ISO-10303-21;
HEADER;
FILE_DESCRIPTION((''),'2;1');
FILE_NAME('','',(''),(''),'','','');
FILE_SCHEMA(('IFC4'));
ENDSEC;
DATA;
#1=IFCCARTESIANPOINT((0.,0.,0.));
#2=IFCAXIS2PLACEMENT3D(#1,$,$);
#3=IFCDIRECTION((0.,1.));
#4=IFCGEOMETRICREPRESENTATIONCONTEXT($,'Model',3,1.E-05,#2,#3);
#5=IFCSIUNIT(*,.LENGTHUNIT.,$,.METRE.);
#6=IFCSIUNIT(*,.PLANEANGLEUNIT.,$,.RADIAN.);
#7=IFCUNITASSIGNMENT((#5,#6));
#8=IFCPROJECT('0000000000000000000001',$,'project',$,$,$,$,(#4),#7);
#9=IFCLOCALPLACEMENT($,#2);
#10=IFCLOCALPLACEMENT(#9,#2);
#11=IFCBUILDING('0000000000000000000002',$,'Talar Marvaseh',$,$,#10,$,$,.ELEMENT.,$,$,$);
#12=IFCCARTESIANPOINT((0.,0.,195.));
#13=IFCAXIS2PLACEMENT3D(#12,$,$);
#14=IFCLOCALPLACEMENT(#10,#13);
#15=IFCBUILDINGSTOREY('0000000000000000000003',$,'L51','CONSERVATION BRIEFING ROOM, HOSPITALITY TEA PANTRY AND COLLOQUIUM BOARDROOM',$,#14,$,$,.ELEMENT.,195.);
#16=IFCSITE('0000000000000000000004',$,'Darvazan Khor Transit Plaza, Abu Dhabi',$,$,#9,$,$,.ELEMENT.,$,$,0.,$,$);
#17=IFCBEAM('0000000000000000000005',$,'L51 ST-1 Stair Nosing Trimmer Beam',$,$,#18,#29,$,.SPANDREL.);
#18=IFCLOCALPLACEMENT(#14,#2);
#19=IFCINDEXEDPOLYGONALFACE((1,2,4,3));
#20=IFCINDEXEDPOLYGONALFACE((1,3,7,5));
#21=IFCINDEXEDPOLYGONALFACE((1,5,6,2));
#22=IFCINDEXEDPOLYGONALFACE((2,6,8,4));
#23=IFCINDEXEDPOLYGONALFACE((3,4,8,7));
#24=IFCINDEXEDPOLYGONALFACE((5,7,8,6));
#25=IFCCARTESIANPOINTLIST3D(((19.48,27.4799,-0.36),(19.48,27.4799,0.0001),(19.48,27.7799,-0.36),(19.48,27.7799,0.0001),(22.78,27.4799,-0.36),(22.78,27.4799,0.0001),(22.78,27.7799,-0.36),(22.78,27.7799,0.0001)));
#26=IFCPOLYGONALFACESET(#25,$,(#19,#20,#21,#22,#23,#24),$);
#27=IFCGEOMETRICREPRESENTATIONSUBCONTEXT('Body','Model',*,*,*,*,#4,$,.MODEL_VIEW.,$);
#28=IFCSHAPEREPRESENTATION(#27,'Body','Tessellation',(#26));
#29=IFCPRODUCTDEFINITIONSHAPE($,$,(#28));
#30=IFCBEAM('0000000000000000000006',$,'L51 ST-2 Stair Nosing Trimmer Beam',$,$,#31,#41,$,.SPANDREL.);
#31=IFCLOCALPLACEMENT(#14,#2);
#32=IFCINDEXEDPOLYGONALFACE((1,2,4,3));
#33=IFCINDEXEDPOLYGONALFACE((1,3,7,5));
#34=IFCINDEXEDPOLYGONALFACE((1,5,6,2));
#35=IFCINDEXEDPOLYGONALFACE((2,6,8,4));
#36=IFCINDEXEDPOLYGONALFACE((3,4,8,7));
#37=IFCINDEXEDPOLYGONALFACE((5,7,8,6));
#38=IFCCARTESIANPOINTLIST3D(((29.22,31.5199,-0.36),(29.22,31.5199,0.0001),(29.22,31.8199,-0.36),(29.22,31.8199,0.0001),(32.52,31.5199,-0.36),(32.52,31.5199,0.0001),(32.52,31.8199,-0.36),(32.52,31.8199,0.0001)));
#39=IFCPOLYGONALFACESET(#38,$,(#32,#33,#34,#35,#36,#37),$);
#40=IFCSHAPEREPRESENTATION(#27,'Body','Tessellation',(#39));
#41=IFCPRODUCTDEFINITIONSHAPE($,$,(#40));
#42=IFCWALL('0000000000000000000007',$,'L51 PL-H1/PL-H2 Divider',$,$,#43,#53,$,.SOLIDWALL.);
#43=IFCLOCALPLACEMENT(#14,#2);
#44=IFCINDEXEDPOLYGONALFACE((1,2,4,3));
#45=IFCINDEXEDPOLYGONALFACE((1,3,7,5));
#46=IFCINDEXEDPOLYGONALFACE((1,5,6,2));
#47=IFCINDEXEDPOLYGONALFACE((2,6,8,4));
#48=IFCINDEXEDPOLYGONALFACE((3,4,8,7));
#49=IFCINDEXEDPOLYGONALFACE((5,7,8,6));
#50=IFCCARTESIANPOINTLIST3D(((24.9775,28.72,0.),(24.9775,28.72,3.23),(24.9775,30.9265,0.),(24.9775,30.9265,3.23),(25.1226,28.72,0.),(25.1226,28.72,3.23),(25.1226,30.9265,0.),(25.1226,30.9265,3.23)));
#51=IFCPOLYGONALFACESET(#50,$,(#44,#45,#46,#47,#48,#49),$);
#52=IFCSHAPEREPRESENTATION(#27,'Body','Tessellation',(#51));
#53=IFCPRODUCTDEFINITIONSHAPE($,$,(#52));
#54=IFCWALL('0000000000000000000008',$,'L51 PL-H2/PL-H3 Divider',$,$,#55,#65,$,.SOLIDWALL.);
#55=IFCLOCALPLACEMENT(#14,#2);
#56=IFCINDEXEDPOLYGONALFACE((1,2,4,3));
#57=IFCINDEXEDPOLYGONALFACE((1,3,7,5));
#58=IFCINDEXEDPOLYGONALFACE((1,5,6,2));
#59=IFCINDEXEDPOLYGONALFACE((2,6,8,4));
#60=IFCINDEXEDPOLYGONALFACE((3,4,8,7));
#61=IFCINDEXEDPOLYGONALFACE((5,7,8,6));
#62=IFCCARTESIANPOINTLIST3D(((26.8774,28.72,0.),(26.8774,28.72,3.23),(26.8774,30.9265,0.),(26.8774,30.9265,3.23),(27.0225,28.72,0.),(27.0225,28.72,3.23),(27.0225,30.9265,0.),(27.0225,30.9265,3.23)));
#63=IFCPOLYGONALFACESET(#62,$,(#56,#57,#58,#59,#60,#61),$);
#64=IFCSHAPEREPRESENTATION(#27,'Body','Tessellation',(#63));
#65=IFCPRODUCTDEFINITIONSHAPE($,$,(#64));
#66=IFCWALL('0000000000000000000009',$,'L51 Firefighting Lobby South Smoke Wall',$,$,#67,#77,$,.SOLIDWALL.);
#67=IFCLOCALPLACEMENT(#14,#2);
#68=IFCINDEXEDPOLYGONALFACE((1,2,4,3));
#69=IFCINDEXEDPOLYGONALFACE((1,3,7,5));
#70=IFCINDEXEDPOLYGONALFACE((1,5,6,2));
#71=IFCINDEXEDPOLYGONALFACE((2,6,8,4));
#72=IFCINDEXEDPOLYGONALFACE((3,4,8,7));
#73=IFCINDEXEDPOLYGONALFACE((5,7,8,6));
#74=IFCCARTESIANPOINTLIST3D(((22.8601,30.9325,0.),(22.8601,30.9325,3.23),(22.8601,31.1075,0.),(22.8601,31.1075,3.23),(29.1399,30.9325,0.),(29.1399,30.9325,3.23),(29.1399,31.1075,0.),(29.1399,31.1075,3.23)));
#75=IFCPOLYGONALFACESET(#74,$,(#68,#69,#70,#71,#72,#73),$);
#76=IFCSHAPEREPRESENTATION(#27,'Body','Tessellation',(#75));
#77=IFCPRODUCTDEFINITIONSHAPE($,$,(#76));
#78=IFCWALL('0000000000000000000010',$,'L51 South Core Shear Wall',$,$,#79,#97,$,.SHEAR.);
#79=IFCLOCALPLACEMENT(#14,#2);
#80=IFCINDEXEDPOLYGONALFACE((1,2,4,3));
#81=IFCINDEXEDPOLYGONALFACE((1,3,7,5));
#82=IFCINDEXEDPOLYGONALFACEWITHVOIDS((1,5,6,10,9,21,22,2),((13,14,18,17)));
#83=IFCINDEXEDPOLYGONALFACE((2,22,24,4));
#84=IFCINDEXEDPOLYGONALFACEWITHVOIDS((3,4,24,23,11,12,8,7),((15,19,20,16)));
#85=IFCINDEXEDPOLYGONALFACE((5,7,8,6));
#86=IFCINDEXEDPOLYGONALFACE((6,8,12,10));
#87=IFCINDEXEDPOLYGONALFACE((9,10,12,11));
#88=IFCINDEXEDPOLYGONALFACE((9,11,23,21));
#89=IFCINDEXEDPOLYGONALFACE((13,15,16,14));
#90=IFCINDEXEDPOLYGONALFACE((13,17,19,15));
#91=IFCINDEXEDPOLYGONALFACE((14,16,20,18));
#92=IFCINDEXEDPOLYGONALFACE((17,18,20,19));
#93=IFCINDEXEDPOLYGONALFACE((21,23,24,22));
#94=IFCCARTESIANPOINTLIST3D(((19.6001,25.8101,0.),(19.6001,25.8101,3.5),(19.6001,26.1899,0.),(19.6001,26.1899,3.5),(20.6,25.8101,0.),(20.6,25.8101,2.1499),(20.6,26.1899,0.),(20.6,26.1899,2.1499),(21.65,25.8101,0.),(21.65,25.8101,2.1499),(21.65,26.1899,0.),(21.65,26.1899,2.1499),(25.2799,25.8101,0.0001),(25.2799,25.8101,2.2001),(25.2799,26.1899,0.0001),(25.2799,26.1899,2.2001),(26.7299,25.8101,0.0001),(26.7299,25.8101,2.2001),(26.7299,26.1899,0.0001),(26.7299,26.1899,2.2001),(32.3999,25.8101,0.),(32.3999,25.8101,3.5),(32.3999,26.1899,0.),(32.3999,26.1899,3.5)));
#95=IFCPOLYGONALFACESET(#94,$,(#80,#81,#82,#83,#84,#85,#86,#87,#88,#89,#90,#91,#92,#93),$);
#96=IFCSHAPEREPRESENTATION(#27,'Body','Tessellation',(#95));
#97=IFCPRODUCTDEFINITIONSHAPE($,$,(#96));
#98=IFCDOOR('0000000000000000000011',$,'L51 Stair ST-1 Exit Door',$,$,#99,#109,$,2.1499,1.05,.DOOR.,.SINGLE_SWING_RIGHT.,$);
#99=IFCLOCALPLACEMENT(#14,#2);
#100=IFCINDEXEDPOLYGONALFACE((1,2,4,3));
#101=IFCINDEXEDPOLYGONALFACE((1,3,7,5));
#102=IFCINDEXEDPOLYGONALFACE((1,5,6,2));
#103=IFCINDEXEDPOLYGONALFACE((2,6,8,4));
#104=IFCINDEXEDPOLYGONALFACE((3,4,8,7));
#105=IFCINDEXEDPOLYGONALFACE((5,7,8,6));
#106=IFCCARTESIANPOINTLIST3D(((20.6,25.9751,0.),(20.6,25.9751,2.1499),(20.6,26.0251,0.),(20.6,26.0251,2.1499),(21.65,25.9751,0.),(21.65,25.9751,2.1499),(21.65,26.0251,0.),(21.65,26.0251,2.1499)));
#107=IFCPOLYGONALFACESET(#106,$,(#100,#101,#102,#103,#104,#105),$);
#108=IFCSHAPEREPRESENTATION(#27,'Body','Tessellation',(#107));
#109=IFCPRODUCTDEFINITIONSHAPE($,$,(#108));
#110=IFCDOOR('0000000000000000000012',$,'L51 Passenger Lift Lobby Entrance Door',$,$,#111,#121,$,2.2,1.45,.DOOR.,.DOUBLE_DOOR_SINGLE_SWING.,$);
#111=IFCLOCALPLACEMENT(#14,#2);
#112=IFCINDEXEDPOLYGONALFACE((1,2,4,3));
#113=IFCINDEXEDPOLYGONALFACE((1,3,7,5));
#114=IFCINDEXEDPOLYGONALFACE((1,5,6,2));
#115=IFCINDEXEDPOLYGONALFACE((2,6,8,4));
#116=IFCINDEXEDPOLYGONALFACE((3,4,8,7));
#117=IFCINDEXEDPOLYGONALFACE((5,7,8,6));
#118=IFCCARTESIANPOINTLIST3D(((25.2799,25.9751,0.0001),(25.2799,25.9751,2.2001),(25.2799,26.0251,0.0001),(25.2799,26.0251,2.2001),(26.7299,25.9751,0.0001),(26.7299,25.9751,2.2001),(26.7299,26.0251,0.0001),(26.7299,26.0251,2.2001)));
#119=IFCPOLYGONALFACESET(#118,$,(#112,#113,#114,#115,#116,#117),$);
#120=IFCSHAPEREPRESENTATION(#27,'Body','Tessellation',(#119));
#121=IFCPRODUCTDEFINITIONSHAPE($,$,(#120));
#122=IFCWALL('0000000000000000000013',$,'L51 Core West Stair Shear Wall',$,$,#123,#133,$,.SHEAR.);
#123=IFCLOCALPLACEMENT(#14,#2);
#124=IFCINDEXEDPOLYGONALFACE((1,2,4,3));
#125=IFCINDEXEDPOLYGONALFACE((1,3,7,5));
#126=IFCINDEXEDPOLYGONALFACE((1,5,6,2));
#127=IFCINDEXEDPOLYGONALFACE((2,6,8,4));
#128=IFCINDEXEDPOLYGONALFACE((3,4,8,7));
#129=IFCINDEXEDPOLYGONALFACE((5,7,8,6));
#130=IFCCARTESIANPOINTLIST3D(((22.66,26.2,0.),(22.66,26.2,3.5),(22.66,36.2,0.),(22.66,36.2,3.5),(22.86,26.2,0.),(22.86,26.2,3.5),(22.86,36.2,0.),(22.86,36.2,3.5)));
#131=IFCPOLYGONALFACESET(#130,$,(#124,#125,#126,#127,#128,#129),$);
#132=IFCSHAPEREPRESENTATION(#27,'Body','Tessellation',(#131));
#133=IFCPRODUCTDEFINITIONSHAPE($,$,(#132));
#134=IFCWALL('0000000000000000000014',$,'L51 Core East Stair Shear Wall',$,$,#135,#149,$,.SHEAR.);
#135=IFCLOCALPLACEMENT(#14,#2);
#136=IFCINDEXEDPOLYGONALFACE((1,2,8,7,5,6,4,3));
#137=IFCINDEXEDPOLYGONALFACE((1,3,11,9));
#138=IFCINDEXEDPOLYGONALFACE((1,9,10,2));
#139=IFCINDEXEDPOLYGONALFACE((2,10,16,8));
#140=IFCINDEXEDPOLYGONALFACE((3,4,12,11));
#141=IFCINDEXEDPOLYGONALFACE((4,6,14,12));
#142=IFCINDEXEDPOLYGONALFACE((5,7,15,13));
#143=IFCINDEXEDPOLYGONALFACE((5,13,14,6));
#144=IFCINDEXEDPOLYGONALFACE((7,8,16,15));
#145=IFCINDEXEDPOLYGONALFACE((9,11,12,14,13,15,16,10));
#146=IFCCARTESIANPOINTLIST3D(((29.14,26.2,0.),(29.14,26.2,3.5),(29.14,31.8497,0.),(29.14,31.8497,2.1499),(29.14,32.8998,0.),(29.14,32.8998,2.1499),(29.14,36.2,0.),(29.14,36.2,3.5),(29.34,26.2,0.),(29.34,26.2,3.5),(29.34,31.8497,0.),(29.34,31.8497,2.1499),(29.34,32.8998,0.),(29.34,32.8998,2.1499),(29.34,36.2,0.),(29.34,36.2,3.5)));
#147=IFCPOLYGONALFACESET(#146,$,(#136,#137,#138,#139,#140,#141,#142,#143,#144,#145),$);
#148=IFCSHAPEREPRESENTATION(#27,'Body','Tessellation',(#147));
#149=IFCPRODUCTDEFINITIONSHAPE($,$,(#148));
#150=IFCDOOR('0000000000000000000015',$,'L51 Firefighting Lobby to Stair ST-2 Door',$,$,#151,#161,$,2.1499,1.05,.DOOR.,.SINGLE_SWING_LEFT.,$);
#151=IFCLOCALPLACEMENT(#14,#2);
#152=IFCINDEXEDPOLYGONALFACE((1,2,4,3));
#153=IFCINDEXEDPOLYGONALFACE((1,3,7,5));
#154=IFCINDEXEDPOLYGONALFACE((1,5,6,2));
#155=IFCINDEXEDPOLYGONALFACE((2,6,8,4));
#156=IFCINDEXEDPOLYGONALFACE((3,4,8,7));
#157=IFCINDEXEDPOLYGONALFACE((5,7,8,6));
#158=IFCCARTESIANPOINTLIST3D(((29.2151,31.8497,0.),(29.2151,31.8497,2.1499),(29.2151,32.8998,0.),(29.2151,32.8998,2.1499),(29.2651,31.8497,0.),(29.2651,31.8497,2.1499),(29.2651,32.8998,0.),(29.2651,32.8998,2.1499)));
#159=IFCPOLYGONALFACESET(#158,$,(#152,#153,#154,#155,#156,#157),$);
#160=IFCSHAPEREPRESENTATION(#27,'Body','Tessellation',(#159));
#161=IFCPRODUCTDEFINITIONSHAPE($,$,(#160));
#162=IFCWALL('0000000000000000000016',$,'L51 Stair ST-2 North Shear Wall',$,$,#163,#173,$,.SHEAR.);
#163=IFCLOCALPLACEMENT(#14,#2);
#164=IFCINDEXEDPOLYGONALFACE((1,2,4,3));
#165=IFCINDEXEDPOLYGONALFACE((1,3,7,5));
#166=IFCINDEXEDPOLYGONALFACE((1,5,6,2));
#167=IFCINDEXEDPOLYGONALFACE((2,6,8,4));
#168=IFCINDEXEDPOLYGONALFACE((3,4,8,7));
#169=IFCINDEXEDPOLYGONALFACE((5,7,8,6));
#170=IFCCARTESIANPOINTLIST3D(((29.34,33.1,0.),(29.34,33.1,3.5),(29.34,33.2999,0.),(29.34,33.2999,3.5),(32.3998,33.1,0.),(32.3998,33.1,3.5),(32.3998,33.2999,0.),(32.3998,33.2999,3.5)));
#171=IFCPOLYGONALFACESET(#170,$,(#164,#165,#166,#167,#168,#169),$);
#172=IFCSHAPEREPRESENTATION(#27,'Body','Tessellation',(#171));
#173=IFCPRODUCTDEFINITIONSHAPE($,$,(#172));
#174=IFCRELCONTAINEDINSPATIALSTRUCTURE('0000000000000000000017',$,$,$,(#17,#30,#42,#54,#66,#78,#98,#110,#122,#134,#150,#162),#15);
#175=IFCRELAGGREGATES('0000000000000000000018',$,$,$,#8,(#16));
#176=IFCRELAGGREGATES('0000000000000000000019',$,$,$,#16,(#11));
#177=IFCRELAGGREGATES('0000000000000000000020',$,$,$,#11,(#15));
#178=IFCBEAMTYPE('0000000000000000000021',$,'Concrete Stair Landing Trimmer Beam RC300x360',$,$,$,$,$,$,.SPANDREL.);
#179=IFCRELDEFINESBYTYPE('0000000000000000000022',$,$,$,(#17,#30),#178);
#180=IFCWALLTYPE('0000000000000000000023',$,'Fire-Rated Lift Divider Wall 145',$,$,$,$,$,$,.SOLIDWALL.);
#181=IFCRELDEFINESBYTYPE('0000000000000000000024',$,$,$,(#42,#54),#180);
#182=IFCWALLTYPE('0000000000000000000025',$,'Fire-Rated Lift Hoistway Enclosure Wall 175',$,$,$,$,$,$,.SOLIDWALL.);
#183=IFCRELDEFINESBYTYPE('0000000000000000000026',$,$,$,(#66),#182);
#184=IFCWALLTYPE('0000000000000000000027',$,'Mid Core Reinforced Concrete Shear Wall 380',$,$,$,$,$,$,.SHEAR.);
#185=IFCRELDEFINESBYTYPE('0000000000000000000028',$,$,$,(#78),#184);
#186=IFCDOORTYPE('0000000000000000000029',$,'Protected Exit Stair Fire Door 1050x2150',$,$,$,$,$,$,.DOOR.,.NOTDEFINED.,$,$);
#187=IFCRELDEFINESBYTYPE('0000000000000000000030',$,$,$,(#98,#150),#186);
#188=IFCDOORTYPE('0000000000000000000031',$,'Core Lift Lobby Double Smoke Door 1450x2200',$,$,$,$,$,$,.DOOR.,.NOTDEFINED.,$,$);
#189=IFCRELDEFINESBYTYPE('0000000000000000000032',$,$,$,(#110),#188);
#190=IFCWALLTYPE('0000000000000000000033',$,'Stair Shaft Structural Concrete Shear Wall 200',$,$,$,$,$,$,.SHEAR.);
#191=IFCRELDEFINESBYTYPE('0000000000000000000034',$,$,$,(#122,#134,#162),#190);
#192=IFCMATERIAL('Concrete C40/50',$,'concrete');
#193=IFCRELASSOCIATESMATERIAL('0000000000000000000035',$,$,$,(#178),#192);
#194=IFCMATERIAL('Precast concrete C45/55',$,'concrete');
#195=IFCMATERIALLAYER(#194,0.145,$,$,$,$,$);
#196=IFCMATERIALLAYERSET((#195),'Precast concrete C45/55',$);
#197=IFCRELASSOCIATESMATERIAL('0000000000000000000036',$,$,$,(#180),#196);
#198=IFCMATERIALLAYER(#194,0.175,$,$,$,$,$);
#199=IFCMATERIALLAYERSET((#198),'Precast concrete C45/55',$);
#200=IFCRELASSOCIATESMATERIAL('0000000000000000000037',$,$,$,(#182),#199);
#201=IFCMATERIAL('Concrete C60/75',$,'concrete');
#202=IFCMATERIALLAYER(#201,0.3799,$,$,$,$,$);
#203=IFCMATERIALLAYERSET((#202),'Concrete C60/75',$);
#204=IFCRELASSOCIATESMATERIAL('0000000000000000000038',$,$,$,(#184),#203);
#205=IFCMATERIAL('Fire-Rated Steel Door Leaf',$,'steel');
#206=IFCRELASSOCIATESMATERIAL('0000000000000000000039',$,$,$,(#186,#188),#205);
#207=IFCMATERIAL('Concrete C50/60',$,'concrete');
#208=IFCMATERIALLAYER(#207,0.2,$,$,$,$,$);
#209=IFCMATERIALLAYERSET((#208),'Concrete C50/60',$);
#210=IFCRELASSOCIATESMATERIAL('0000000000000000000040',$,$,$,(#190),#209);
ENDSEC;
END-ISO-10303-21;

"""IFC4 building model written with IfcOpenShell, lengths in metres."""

from ifc_helpers import new_model, si_unit, direction, frame, frame_2d, origin, origin_2d, place, context, subcontext, project, spatial, rectangle, extrude, source, transform, mapped, material, layer, layer_set, material_profile, profile_set, type_object, type_shapes, element, fill, save


model = new_model("IFC4")

# Units and contexts
model_context = context("Model", 3, precision=1e-05, world=origin(), true_north=direction((0.0, 1.0)))
body_context = subcontext(model_context, "Body", "Model", "MODEL_VIEW")
ifc_project = project(units=[si_unit("LENGTHUNIT", "METRE"), si_unit("PLANEANGLEUNIT", "RADIAN")], contexts=[model_context])

# Site, building, storey
site_placement = place(None, origin())
site = spatial("IfcSite", under=ifc_project, at=site_placement, Name="Darvazan Khor Transit Plaza, Abu Dhabi", CompositionType="ELEMENT", RefElevation=0.0)
building_placement = place(site_placement, origin())
building = spatial("IfcBuilding", under=site, at=building_placement, Name="Talar Marvaseh", CompositionType="ELEMENT")
storey_placement = place(building_placement, frame((0.0, 0.0, 195.0)))
storey = spatial("IfcBuildingStorey", under=building, at=storey_placement, Name="L51", Description="CONSERVATION BRIEFING ROOM, HOSPITALITY TEA PANTRY AND COLLOQUIUM BOARDROOM", CompositionType="ELEMENT", Elevation=195.0)

# Beams
ifc_material_1 = material(Name="Concrete C40/50", Category="concrete")
ifc_material_profile = material_profile(ifc_material_1, rectangle(XDim=0.3, YDim=0.3601, at=origin_2d()), Name="RC300x360")
ifc_profile_set = profile_set([ifc_material_profile], Name="Concrete C40/50")
beam_type = type_object("IfcBeamType", Name="Concrete Stair Landing Trimmer Beam RC300x360", PredefinedType="SPANDREL", material=ifc_profile_set)
for number, where, z_axis, x_axis, name in (
    (1, (22.78, 27.6299, -0.1799), (-1.0, 0.0, 0.0), (0.0, -1.0, 0.0), "L51 ST-1 Stair Nosing Trimmer Beam"),
    (2, (29.22, 31.6699, -0.1799), (1.0, 0.0, 0.0), (0.0, 1.0, 0.0), "L51 ST-2 Stair Nosing Trimmer Beam"),
):
    element("IfcBeam", number, at=place(storey_placement, frame(where, z_axis=z_axis, x_axis=x_axis)), inside=storey, type_object=beam_type, Name=name, PredefinedType="SPANDREL", context=body_context, shape_type="SweptSolid", body=[
        extrude(rectangle(XDim=0.3, YDim=0.3601, at=origin_2d()), origin(), (0.0, 0.0, 1.0), 3.3),
    ])

# Walls
ifc_material_2 = material(Name="Precast concrete C45/55", Category="concrete")
ifc_layer_1 = layer(ifc_material_2, 0.145)
ifc_layer_set_1 = layer_set([ifc_layer_1], Name="Precast concrete C45/55")
wall_type_1 = type_object("IfcWallType", Name="Fire-Rated Lift Divider Wall 145", PredefinedType="SOLIDWALL", material=ifc_layer_set_1)
for number, where, z_axis, x_axis, name in (
    (3, (25.05, 28.72, 0.0), (0.0, 0.0, 1.0), (0.0, 1.0, 0.0), "L51 PL-H1/PL-H2 Divider"),
    (4, (26.95, 28.72, 0.0), (0.0, 0.0, 1.0), (0.0, 1.0, 0.0), "L51 PL-H2/PL-H3 Divider"),
):
    element("IfcWall", number, at=place(storey_placement, frame(where, z_axis=z_axis, x_axis=x_axis)), inside=storey, type_object=wall_type_1, Name=name, PredefinedType="SOLIDWALL", context=body_context, shape_type="SweptSolid", body=[
        extrude(rectangle(XDim=2.2065, YDim=0.145, at=frame_2d((1.1033, 0.0))), origin(), (0.0, 0.0, 1.0), 3.23),
    ])

# Shared definitions
ifc_layer_2 = layer(ifc_material_2, 0.175)
ifc_layer_set_2 = layer_set([ifc_layer_2], Name="Precast concrete C45/55")
wall_type_2 = type_object("IfcWallType", Name="Fire-Rated Lift Hoistway Enclosure Wall 175", PredefinedType="SOLIDWALL", material=ifc_layer_set_2)

# Wall
wall_1_placement = place(storey_placement, frame((22.8601, 31.02, 0.0), z_axis=(0.0, 0.0, 1.0), x_axis=(1.0, 0.0, 0.0)))
element("IfcWall", 5, at=wall_1_placement, inside=storey, type_object=wall_type_2, Name="L51 Firefighting Lobby South Smoke Wall", PredefinedType="SOLIDWALL", context=body_context, shape_type="SweptSolid", body=[
    extrude(rectangle(XDim=6.2798, YDim=0.175, at=frame_2d((3.1399, 0.0))), origin(), (0.0, 0.0, 1.0), 3.23),
])

# Wall, openings, doors
ifc_material_3 = material(Name="Concrete C60/75", Category="concrete")
ifc_layer_3 = layer(ifc_material_3, 0.3799)
ifc_layer_set_3 = layer_set([ifc_layer_3], Name="Concrete C60/75")
wall_type_3 = type_object("IfcWallType", Name="Mid Core Reinforced Concrete Shear Wall 380", PredefinedType="SHEAR", material=ifc_layer_set_3)
wall_2_placement = place(storey_placement, frame((32.3999, 26.0, 0.0), z_axis=(0.0, 0.0, 1.0), x_axis=(-1.0, 0.0, 0.0)))
wall_2 = element("IfcWall", 6, at=wall_2_placement, inside=storey, type_object=wall_type_3, Name="L51 South Core Shear Wall", PredefinedType="SHEAR", context=body_context, shape_type="SweptSolid", body=[
    extrude(rectangle(XDim=12.7998, YDim=0.3799, at=frame_2d((6.3999, 0.0))), origin(), (0.0, 0.0, 1.0), 3.5),
])
opening_1_placement = place(wall_2_placement, frame((10.75, 0.0, 0.0)))
opening_1 = element("IfcOpeningElement", 7, at=opening_1_placement, cuts=wall_2, PredefinedType="OPENING", context=body_context, shape_type="SweptSolid", body=[
    extrude(rectangle(XDim=1.05, YDim=2.1499, at=frame_2d((0.5249, 1.075))), frame((0.0, 0.2, 0.0), z_axis=(0.0, -1.0, 0.0), x_axis=(1.0, 0.0, 0.0)), (0.0, 0.0, 1.0), 0.3999),
])
opening_2_placement = place(wall_2_placement, frame((5.6699, 0.0, 0.0)))
opening_2 = element("IfcOpeningElement", 8, at=opening_2_placement, cuts=wall_2, PredefinedType="OPENING", context=body_context, shape_type="SweptSolid", body=[
    extrude(rectangle(XDim=1.45, YDim=2.2, at=frame_2d((0.7251, 1.1001))), frame((0.0, 0.2, 0.0), z_axis=(0.0, -1.0, 0.0), x_axis=(1.0, 0.0, 0.0)), (0.0, 0.0, 1.0), 0.3999),
])
ifc_material_4 = material(Name="Fire-Rated Steel Door Leaf", Category="steel")
door_type_1 = type_object("IfcDoorType", Name="Protected Exit Stair Fire Door 1050x2150", OperationType="NOTDEFINED", PredefinedType="DOOR", material=ifc_material_4)
shared_shape_1 = source(origin(), body_context, "Body", "SweptSolid", [
    extrude(rectangle(XDim=1.05, YDim=2.1499, at=frame_2d((0.5249, 1.075))), frame((0.0, 0.0249, 0.0), z_axis=(0.0, -1.0, 0.0), x_axis=(1.0, 0.0, 0.0)), (0.0, 0.0, 1.0), 0.05),
])
type_shapes(door_type_1, [shared_shape_1])
door_1_placement = place(opening_1_placement, origin())
door_1 = element("IfcDoor", 9, at=door_1_placement, inside=storey, type_object=door_type_1, Name="L51 Stair ST-1 Exit Door", OperationType="SINGLE_SWING_RIGHT", OverallHeight=2.1499, OverallWidth=1.05, PredefinedType="DOOR", context=body_context, shape_type="MappedRepresentation", body=[
    mapped(shared_shape_1, transform((0.0, 0.0, 0.0), x_axis=(1.0, 0.0, 0.0), y_axis=(0.0, 1.0, 0.0), z_axis=(0.0, 0.0, 1.0), scale=1.0)),
])
fill(opening_1, door_1)
door_type_2 = type_object("IfcDoorType", Name="Core Lift Lobby Double Smoke Door 1450x2200", OperationType="NOTDEFINED", PredefinedType="DOOR", material=ifc_material_4)
shared_shape_2 = source(origin(), body_context, "Body", "SweptSolid", [
    extrude(rectangle(XDim=1.45, YDim=2.2, at=frame_2d((0.7251, 1.1001))), frame((0.0, 0.0249, 0.0), z_axis=(0.0, -1.0, 0.0), x_axis=(1.0, 0.0, 0.0)), (0.0, 0.0, 1.0), 0.05),
])
type_shapes(door_type_2, [shared_shape_2])
door_2_placement = place(opening_2_placement, origin())
door_2 = element("IfcDoor", 10, at=door_2_placement, inside=storey, type_object=door_type_2, Name="L51 Passenger Lift Lobby Entrance Door", OperationType="DOUBLE_DOOR_SINGLE_SWING", OverallHeight=2.2, OverallWidth=1.45, PredefinedType="DOOR", context=body_context, shape_type="MappedRepresentation", body=[
    mapped(shared_shape_2, transform((0.0, 0.0, 0.0), x_axis=(1.0, 0.0, 0.0), y_axis=(0.0, 1.0, 0.0), z_axis=(0.0, 0.0, 1.0), scale=1.0)),
])
fill(opening_2, door_2)

# Wall
ifc_material_5 = material(Name="Concrete C50/60", Category="concrete")
ifc_layer_4 = layer(ifc_material_5, 0.2)
ifc_layer_set_4 = layer_set([ifc_layer_4], Name="Concrete C50/60")
wall_type_4 = type_object("IfcWallType", Name="Stair Shaft Structural Concrete Shear Wall 200", PredefinedType="SHEAR", material=ifc_layer_set_4)
wall_3_placement = place(storey_placement, frame((22.76, 26.2, 0.0), z_axis=(0.0, 0.0, 1.0), x_axis=(0.0, 1.0, 0.0)))
element("IfcWall", 11, at=wall_3_placement, inside=storey, type_object=wall_type_4, Name="L51 Core West Stair Shear Wall", PredefinedType="SHEAR", context=body_context, shape_type="SweptSolid", body=[
    extrude(rectangle(XDim=10.0, YDim=0.2, at=frame_2d((5.0, 0.0))), origin(), (0.0, 0.0, 1.0), 3.5),
])

# Wall, opening, door
wall_4_placement = place(storey_placement, frame((29.24, 26.2, 0.0), z_axis=(0.0, 0.0, 1.0), x_axis=(0.0, 1.0, 0.0)))
wall_4 = element("IfcWall", 12, at=wall_4_placement, inside=storey, type_object=wall_type_4, Name="L51 Core East Stair Shear Wall", PredefinedType="SHEAR", context=body_context, shape_type="SweptSolid", body=[
    extrude(rectangle(XDim=10.0, YDim=0.2, at=frame_2d((5.0, 0.0))), origin(), (0.0, 0.0, 1.0), 3.5),
])
opening_3_placement = place(wall_4_placement, frame((5.6499, 0.0, 0.0)))
opening_3 = element("IfcOpeningElement", 13, at=opening_3_placement, cuts=wall_4, PredefinedType="OPENING", context=body_context, shape_type="SweptSolid", body=[
    extrude(rectangle(XDim=1.05, YDim=2.1499, at=frame_2d((0.5249, 1.075))), frame((0.0, 0.1099, 0.0), z_axis=(0.0, -1.0, 0.0), x_axis=(1.0, 0.0, 0.0)), (0.0, 0.0, 1.0), 0.22),
])
door_3_placement = place(opening_3_placement, origin())
door_3 = element("IfcDoor", 14, at=door_3_placement, inside=storey, type_object=door_type_1, Name="L51 Firefighting Lobby to Stair ST-2 Door", OperationType="SINGLE_SWING_LEFT", OverallHeight=2.1499, OverallWidth=1.05, PredefinedType="DOOR", context=body_context, shape_type="MappedRepresentation", body=[
    mapped(shared_shape_1, transform((0.0, 0.0, 0.0), x_axis=(1.0, 0.0, 0.0), y_axis=(0.0, 1.0, 0.0), z_axis=(0.0, 0.0, 1.0), scale=1.0)),
])
fill(opening_3, door_3)

# Wall
wall_5_placement = place(storey_placement, frame((29.3401, 33.2, 0.0), z_axis=(0.0, 0.0, 1.0), x_axis=(1.0, 0.0, 0.0)))
element("IfcWall", 15, at=wall_5_placement, inside=storey, type_object=wall_type_4, Name="L51 Stair ST-2 North Shear Wall", PredefinedType="SHEAR", context=body_context, shape_type="SweptSolid", body=[
    extrude(rectangle(XDim=3.0598, YDim=0.2, at=frame_2d((1.5298, 0.0))), origin(), (0.0, 0.0, 1.0), 3.5),
])

save(model, "model.ifc")
